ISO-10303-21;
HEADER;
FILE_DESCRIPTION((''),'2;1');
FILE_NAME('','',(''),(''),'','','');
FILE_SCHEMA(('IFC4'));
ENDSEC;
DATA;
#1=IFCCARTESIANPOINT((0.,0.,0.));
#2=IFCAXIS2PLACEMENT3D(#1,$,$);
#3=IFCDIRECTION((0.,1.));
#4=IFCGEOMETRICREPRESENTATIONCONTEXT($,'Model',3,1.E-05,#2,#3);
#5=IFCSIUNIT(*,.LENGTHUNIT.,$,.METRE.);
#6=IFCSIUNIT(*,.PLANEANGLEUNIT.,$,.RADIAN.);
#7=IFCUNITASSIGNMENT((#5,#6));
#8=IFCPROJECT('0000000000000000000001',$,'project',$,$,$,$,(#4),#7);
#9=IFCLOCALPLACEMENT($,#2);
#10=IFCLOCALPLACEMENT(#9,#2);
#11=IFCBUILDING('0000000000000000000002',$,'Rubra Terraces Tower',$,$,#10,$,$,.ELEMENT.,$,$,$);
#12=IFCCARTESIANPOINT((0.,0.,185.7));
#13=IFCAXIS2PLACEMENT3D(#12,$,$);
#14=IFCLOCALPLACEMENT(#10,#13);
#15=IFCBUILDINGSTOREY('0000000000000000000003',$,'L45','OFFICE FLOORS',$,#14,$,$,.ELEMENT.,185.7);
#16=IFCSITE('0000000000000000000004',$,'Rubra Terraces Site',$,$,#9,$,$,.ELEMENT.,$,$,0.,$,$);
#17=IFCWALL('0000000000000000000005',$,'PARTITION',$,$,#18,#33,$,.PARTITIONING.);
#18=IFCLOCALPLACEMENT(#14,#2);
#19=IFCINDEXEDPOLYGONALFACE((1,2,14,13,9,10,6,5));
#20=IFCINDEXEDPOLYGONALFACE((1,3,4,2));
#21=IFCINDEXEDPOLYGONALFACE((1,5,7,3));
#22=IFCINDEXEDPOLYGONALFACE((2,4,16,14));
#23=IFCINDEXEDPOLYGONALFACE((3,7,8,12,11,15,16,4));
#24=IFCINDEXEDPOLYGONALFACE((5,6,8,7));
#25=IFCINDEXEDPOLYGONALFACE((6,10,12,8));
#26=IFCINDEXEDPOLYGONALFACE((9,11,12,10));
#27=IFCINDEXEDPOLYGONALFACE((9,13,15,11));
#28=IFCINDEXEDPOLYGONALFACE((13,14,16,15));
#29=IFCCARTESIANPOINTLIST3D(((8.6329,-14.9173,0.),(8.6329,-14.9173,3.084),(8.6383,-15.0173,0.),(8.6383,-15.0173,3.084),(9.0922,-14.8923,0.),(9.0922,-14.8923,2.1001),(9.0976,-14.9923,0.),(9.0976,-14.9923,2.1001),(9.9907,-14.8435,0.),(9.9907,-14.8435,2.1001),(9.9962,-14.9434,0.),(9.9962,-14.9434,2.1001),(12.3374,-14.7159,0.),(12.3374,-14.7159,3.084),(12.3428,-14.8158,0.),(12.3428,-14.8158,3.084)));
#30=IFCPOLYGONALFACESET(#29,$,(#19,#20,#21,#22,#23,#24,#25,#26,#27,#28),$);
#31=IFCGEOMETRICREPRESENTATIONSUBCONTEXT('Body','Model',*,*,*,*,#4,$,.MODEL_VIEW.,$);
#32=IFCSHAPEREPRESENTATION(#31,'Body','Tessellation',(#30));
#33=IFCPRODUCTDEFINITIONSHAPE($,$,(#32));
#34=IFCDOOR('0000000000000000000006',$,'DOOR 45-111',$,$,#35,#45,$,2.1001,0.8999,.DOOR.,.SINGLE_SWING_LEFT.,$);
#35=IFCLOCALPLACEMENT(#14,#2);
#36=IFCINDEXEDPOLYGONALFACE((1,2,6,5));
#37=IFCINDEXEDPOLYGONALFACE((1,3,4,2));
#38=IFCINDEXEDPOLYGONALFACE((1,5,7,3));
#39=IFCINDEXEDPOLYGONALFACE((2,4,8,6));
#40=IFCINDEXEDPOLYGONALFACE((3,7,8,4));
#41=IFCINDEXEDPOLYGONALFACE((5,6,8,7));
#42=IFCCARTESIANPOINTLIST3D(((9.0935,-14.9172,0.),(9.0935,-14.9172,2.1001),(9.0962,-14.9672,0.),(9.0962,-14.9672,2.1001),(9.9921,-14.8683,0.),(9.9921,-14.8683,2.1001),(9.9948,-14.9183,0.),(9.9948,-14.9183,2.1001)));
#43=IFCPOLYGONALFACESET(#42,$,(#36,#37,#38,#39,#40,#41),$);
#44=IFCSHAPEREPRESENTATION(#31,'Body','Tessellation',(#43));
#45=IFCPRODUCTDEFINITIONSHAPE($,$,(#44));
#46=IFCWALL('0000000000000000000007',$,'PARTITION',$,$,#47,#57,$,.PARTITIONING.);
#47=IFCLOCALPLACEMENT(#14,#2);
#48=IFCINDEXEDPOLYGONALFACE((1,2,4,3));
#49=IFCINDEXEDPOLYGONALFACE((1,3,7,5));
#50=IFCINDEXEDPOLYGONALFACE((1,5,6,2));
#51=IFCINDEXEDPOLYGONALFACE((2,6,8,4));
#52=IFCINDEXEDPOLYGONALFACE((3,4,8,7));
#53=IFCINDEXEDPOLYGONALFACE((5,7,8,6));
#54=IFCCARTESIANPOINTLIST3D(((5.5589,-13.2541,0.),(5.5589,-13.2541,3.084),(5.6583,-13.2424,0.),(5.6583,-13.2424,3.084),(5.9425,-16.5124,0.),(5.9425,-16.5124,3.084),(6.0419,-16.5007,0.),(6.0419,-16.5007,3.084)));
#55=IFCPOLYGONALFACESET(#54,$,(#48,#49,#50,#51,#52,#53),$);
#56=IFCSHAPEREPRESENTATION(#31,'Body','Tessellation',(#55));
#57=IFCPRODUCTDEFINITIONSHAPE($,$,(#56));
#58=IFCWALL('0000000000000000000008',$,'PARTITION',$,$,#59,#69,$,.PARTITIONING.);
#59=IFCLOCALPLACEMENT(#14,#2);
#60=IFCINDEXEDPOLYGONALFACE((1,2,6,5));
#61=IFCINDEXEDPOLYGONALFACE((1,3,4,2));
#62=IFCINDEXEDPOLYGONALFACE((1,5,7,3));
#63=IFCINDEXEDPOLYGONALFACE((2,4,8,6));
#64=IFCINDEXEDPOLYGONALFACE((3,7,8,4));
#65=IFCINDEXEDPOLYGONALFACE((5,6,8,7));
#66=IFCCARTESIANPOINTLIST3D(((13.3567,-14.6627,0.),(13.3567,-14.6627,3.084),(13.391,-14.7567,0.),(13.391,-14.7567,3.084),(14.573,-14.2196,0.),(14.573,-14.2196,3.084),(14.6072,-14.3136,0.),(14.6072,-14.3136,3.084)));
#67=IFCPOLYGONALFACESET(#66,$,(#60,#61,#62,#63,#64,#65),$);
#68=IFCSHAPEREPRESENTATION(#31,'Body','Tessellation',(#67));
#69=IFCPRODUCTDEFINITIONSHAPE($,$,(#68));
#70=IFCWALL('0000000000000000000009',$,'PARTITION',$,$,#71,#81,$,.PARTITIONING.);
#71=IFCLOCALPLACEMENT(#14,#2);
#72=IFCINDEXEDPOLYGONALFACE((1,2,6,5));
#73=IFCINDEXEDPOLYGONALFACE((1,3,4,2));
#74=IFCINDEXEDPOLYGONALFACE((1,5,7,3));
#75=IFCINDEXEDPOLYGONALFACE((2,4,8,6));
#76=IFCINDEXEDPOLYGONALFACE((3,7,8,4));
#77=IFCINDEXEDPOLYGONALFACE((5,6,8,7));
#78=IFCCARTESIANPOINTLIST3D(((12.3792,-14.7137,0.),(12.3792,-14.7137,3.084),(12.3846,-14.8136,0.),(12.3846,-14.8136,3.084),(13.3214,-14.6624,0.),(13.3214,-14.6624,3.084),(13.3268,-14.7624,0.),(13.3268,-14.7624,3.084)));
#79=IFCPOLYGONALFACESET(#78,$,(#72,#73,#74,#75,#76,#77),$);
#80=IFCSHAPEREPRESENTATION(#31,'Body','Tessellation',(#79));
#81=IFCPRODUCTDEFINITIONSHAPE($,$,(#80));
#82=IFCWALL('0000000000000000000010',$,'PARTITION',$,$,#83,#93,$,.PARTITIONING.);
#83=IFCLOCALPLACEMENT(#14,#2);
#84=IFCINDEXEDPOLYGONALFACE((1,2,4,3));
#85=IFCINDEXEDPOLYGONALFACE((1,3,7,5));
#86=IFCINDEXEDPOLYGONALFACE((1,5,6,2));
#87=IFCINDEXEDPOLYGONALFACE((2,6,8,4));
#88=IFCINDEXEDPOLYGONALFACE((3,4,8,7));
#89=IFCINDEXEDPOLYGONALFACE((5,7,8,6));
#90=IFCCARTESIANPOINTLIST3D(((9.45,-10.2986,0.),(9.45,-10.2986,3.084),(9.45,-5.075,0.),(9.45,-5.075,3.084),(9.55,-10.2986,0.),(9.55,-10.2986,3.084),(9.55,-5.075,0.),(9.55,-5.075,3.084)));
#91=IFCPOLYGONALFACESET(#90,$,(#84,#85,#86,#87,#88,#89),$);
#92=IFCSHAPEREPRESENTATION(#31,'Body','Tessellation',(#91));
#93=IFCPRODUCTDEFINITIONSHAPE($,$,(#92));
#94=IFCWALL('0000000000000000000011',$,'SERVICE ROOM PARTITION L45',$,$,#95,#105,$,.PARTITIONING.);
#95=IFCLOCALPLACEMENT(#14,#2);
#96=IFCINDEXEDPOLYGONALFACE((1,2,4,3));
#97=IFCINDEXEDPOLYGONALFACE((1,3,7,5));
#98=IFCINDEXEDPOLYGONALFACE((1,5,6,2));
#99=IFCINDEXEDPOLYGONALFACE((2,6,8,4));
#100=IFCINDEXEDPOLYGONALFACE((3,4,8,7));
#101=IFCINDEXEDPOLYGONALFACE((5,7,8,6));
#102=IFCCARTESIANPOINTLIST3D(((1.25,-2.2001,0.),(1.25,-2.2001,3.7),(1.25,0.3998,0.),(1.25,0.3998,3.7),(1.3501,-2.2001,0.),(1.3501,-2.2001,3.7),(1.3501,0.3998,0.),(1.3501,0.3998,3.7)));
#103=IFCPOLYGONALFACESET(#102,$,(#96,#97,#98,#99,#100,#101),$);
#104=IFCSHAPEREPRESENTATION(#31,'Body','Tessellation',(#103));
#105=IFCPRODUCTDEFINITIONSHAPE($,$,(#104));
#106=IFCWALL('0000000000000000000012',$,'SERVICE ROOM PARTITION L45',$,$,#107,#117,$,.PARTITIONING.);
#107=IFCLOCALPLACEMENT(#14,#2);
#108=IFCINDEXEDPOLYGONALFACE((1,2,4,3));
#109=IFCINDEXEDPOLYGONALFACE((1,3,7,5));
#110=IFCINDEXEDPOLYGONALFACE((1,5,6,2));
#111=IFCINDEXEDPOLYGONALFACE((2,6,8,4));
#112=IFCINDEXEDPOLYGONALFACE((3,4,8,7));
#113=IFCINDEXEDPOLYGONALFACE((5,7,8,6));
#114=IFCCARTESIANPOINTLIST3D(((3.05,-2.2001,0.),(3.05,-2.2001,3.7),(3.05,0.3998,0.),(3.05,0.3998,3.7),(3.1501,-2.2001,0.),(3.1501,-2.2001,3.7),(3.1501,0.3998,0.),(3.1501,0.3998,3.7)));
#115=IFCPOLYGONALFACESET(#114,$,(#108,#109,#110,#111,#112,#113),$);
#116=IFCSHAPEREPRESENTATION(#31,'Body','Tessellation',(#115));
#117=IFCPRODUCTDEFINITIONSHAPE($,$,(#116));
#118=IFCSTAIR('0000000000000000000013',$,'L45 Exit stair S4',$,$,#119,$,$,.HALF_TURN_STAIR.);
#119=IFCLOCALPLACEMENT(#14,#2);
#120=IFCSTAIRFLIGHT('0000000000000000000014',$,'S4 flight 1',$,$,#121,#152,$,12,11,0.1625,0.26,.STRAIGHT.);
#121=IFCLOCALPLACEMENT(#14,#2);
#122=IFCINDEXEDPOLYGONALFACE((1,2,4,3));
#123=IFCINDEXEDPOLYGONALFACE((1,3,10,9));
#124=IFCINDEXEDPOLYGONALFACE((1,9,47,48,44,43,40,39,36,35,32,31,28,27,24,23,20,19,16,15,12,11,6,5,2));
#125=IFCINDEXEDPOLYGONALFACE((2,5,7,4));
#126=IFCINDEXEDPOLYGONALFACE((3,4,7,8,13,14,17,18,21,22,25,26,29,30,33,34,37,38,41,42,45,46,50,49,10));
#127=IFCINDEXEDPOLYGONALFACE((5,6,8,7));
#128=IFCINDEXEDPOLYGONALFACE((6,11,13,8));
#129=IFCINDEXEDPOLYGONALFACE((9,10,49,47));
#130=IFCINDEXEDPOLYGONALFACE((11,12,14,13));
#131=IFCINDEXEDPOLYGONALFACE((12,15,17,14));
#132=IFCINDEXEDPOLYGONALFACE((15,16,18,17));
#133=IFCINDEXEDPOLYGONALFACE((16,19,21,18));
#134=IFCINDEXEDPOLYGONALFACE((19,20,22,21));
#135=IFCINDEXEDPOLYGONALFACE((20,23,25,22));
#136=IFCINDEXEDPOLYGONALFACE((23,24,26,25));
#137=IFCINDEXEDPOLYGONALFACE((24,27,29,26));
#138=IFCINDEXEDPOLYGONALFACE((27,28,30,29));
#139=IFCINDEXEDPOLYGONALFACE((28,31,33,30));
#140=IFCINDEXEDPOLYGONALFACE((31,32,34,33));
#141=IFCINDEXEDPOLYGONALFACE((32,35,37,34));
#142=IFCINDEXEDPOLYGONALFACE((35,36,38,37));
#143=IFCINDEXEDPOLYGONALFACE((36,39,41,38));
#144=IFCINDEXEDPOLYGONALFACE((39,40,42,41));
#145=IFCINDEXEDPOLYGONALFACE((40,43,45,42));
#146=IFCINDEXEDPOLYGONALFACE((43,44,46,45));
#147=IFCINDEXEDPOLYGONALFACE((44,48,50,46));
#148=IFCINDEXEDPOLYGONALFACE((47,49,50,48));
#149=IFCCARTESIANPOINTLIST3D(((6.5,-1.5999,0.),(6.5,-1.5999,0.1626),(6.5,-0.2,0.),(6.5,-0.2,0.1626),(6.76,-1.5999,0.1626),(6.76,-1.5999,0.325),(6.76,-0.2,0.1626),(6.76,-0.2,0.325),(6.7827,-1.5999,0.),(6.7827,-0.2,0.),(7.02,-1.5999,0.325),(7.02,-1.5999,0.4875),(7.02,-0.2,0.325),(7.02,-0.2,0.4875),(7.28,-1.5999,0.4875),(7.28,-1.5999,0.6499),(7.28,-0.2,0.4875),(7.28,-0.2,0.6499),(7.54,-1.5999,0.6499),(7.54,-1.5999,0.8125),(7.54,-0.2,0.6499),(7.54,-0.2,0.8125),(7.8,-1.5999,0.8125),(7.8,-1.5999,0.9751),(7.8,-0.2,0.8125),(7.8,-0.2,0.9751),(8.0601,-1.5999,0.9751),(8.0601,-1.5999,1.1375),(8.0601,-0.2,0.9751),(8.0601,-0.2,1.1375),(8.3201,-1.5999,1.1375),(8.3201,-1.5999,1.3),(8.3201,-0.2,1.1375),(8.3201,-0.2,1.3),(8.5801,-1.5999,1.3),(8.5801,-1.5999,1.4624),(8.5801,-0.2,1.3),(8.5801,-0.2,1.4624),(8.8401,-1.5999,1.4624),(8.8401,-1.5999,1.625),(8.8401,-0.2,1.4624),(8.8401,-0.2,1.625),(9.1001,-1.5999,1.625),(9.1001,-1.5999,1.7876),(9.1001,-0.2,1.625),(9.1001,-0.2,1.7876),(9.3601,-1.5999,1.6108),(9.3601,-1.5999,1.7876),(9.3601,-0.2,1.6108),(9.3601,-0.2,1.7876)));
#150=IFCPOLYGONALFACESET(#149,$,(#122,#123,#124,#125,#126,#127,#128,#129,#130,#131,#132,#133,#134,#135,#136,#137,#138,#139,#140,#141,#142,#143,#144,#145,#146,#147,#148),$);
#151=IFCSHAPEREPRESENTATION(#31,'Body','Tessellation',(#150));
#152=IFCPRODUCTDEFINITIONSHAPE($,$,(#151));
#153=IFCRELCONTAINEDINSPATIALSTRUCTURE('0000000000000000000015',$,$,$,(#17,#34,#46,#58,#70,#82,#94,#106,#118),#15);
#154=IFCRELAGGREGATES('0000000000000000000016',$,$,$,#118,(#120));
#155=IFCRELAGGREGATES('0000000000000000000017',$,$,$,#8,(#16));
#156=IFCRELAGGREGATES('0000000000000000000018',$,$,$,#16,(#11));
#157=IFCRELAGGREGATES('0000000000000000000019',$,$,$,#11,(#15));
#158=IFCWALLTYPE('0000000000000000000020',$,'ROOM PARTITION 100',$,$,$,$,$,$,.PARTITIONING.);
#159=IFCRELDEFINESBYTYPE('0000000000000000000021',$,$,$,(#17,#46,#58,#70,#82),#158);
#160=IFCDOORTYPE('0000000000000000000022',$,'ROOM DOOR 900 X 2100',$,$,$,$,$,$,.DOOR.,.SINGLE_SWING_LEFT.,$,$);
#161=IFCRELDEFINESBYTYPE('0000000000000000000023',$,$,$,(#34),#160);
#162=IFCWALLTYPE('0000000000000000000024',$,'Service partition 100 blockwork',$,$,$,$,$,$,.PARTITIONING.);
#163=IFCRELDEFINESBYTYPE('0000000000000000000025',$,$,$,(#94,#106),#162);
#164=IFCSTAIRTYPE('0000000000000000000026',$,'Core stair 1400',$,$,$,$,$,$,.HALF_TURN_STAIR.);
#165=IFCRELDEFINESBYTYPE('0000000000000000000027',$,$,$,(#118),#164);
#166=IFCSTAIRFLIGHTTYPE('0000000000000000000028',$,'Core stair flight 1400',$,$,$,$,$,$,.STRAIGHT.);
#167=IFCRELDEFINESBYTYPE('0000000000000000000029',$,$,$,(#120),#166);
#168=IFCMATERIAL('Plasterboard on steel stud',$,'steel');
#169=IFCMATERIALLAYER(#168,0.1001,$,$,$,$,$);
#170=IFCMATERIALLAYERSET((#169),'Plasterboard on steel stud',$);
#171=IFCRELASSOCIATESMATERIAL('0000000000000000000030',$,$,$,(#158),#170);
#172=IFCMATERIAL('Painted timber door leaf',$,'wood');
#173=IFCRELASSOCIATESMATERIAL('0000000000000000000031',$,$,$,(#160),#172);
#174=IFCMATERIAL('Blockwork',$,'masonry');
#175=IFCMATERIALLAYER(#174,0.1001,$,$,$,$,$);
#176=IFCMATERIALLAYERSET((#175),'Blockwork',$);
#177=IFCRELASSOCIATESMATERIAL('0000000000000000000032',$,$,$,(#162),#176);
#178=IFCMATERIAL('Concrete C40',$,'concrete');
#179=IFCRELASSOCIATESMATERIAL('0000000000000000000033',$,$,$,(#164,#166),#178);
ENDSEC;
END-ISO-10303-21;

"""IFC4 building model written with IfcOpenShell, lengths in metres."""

from ifc_helpers import new_model, si_unit, direction, frame, frame_2d, origin, place, context, subcontext, project, spatial, polyline, rectangle, outline, extrude, material, layer, layer_set, type_object, element, fill, aggregate, save


model = new_model("IFC4")

# Units and contexts
model_context = context("Model", 3, precision=1e-05, world=origin(), true_north=direction((0.0, 1.0)))
body_context = subcontext(model_context, "Body", "Model", "MODEL_VIEW")
ifc_project = project(units=[si_unit("LENGTHUNIT", "METRE"), si_unit("PLANEANGLEUNIT", "RADIAN")], contexts=[model_context])

# Site, building, storey
site_placement = place(None, origin())
site = spatial("IfcSite", under=ifc_project, at=site_placement, Name="Rubra Terraces Site", CompositionType="ELEMENT", RefElevation=0.0)
building_placement = place(site_placement, origin())
building = spatial("IfcBuilding", under=site, at=building_placement, Name="Rubra Terraces Tower", CompositionType="ELEMENT")
storey_placement = place(building_placement, frame((0.0, 0.0, 185.7)))
storey = spatial("IfcBuildingStorey", under=building, at=storey_placement, Name="L45", Description="OFFICE FLOORS", CompositionType="ELEMENT", Elevation=185.7)

# Shared definitions
ifc_material_1 = material(Name="Concrete C40", Category="concrete")

# Wall, opening, door
ifc_material_2 = material(Name="Plasterboard on steel stud", Category="steel")
ifc_layer_1 = layer(ifc_material_2, 0.1001)
ifc_layer_set_1 = layer_set([ifc_layer_1], Name="Plasterboard on steel stud")
wall_type_1 = type_object("IfcWallType", Name="ROOM PARTITION 100", PredefinedType="PARTITIONING", material=ifc_layer_set_1)
wall_1_placement = place(storey_placement, frame((12.3401, -14.7659, 0.0), z_axis=(0.0, 0.0, 1.0), x_axis=(-0.998525, -0.054289, 0.0)))
wall_1 = element("IfcWall", 1, at=wall_1_placement, inside=storey, type_object=wall_type_1, Name="PARTITION", PredefinedType="PARTITIONING", context=body_context, shape_type="SweptSolid", body=[
    extrude(rectangle(XDim=3.71, YDim=0.1001, at=frame_2d((1.855, 0.0))), origin(), (0.0, 0.0, 1.0), 3.084),
])
opening_1_placement = place(wall_1_placement, frame((2.3501, 0.0, 0.0)))
opening_1 = element("IfcOpeningElement", 2, at=opening_1_placement, cuts=wall_1, PredefinedType="OPENING", context=body_context, shape_type="SweptSolid", body=[
    extrude(rectangle(XDim=0.8999, YDim=2.1001, at=frame_2d((0.45, 1.05))), frame((0.0, 0.0601, 0.0), z_axis=(0.0, -1.0, 0.0), x_axis=(1.0, 0.0, 0.0)), (0.0, 0.0, 1.0), 0.1201),
])
ifc_material_3 = material(Name="Painted timber door leaf", Category="wood")
door_type_1 = type_object("IfcDoorType", Name="ROOM DOOR 900 X 2100", OperationType="SINGLE_SWING_LEFT", PredefinedType="DOOR", material=ifc_material_3)
door_1_placement = place(opening_1_placement, origin())
door_1 = element("IfcDoor", 3, at=door_1_placement, inside=storey, type_object=door_type_1, Name="DOOR 45-111", OperationType="SINGLE_SWING_LEFT", OverallHeight=2.1001, OverallWidth=0.8999, PredefinedType="DOOR", context=body_context, shape_type="SweptSolid", body=[
    extrude(rectangle(XDim=0.8999, YDim=2.1001, at=frame_2d((0.45, 1.05))), frame((0.0, 0.0249, 0.0), z_axis=(0.0, -1.0, 0.0), x_axis=(1.0, 0.0, 0.0)), (0.0, 0.0, 1.0), 0.05),
])
fill(opening_1, door_1)

# Walls
wall_2_placement = place(storey_placement, frame((5.6086, -13.2483, 0.0), z_axis=(0.0, 0.0, 1.0), x_axis=(0.116906, -0.993143, 0.0)))
element("IfcWall", 4, at=wall_2_placement, inside=storey, type_object=wall_type_1, Name="PARTITION", PredefinedType="PARTITIONING", context=body_context, shape_type="SweptSolid", body=[
    extrude(rectangle(XDim=3.2808, YDim=0.1001, at=frame_2d((1.6404, 0.0))), origin(), (0.0, 0.0, 1.0), 3.084),
])
wall_3_placement = place(storey_placement, frame((14.5901, -14.2666, 0.0), z_axis=(0.0, 0.0, 1.0), x_axis=(-0.93959, -0.342303, 0.0)))
element("IfcWall", 5, at=wall_3_placement, inside=storey, type_object=wall_type_1, Name="PARTITION", PredefinedType="PARTITIONING", context=body_context, shape_type="SweptSolid", body=[
    extrude(rectangle(XDim=1.2944, YDim=0.1001, at=frame_2d((0.6472, 0.0))), origin(), (0.0, 0.0, 1.0), 3.084),
])
wall_4_placement = place(storey_placement, frame((13.324, -14.7124, 0.0), z_axis=(0.0, 0.0, 1.0), x_axis=(-0.998523, -0.054338, 0.0)))
element("IfcWall", 6, at=wall_4_placement, inside=storey, type_object=wall_type_1, Name="PARTITION", PredefinedType="PARTITIONING", context=body_context, shape_type="SweptSolid", body=[
    extrude(rectangle(XDim=0.9436, YDim=0.1001, at=frame_2d((0.4717, 0.0))), origin(), (0.0, 0.0, 1.0), 3.084),
])
wall_5_placement = place(storey_placement, frame((9.5, -10.2986, 0.0), z_axis=(0.0, 0.0, 1.0), x_axis=(0.0, 1.0, 0.0)))
element("IfcWall", 7, at=wall_5_placement, inside=storey, type_object=wall_type_1, Name="PARTITION", PredefinedType="PARTITIONING", context=body_context, shape_type="SweptSolid", body=[
    extrude(rectangle(XDim=5.2236, YDim=0.1001, at=frame_2d((2.6118, 0.0))), origin(), (0.0, 0.0, 1.0), 3.084),
])
ifc_material_4 = material(Name="Blockwork", Category="masonry")
ifc_layer_2 = layer(ifc_material_4, 0.1001)
ifc_layer_set_2 = layer_set([ifc_layer_2], Name="Blockwork")
wall_type_2 = type_object("IfcWallType", Name="Service partition 100 blockwork", PredefinedType="PARTITIONING", material=ifc_layer_set_2)
for number, where, z_axis, x_axis, name in (
    (8, (1.3, -2.2, 0.0), (0.0, 0.0, 1.0), (0.0, 1.0, 0.0), "SERVICE ROOM PARTITION L45"),
    (9, (3.1001, -2.2, 0.0), (0.0, 0.0, 1.0), (0.0, 1.0, 0.0), "SERVICE ROOM PARTITION L45"),
):
    element("IfcWall", number, at=place(storey_placement, frame(where, z_axis=z_axis, x_axis=x_axis)), inside=storey, type_object=wall_type_2, Name=name, PredefinedType="PARTITIONING", context=body_context, shape_type="SweptSolid", body=[
        extrude(rectangle(XDim=2.5999, YDim=0.1001, at=frame_2d((1.2998, 0.0))), origin(), (0.0, 0.0, 1.0), 3.7),
    ])

# Stair, stair flight
stair_type = type_object("IfcStairType", Name="Core stair 1400", PredefinedType="HALF_TURN_STAIR", material=ifc_material_1)
stair_placement = place(storey_placement, origin())
stair = element("IfcStair", 10, at=stair_placement, inside=storey, type_object=stair_type, Name="L45 Exit stair S4", PredefinedType="HALF_TURN_STAIR")
stair_flight_type = type_object("IfcStairFlightType", Name="Core stair flight 1400", PredefinedType="STRAIGHT", material=ifc_material_1)
stair_flight_placement = place(storey_placement, frame((6.5, -0.8999, 0.0), z_axis=(0.0, 0.0, 1.0), x_axis=(1.0, 0.0, 0.0)))
stair_flight = element("IfcStairFlight", 11, at=stair_flight_placement, type_object=stair_flight_type, Name="S4 flight 1", NumberOfRisers=12, NumberOfTreads=11, PredefinedType="STRAIGHT", RiserHeight=0.1625, TreadLength=0.26, context=body_context, shape_type="SweptSolid", body=[
    extrude(outline(polyline([(0.0, 0.0), (0.0, 0.1626), (0.26, 0.1626), (0.26, 0.325), (0.52, 0.325), (0.52, 0.4875), (0.78, 0.4875), (0.78, 0.6499), (1.04, 0.6499), (1.04, 0.8125), (1.3, 0.8125), (1.3, 0.9751), (1.5601, 0.9751), (1.5601, 1.1375), (1.8201, 1.1375), (1.8201, 1.3), (2.0801, 1.3), (2.0801, 1.4624), (2.3401, 1.4624), (2.3401, 1.625), (2.6001, 1.625), (2.6001, 1.7876), (2.8601, 1.7876), (2.8601, 1.95), (2.8601, 1.6108), (0.2827, 0.0), (0.0, 0.0)])), frame((0.0, 0.7, 0.0), z_axis=(0.0, -1.0, 0.0), x_axis=(1.0, 0.0, 0.0)), (0.0, 0.0, 1.0), 1.3999),
])
aggregate(stair, [stair_flight])

save(model, "model.ifc")
